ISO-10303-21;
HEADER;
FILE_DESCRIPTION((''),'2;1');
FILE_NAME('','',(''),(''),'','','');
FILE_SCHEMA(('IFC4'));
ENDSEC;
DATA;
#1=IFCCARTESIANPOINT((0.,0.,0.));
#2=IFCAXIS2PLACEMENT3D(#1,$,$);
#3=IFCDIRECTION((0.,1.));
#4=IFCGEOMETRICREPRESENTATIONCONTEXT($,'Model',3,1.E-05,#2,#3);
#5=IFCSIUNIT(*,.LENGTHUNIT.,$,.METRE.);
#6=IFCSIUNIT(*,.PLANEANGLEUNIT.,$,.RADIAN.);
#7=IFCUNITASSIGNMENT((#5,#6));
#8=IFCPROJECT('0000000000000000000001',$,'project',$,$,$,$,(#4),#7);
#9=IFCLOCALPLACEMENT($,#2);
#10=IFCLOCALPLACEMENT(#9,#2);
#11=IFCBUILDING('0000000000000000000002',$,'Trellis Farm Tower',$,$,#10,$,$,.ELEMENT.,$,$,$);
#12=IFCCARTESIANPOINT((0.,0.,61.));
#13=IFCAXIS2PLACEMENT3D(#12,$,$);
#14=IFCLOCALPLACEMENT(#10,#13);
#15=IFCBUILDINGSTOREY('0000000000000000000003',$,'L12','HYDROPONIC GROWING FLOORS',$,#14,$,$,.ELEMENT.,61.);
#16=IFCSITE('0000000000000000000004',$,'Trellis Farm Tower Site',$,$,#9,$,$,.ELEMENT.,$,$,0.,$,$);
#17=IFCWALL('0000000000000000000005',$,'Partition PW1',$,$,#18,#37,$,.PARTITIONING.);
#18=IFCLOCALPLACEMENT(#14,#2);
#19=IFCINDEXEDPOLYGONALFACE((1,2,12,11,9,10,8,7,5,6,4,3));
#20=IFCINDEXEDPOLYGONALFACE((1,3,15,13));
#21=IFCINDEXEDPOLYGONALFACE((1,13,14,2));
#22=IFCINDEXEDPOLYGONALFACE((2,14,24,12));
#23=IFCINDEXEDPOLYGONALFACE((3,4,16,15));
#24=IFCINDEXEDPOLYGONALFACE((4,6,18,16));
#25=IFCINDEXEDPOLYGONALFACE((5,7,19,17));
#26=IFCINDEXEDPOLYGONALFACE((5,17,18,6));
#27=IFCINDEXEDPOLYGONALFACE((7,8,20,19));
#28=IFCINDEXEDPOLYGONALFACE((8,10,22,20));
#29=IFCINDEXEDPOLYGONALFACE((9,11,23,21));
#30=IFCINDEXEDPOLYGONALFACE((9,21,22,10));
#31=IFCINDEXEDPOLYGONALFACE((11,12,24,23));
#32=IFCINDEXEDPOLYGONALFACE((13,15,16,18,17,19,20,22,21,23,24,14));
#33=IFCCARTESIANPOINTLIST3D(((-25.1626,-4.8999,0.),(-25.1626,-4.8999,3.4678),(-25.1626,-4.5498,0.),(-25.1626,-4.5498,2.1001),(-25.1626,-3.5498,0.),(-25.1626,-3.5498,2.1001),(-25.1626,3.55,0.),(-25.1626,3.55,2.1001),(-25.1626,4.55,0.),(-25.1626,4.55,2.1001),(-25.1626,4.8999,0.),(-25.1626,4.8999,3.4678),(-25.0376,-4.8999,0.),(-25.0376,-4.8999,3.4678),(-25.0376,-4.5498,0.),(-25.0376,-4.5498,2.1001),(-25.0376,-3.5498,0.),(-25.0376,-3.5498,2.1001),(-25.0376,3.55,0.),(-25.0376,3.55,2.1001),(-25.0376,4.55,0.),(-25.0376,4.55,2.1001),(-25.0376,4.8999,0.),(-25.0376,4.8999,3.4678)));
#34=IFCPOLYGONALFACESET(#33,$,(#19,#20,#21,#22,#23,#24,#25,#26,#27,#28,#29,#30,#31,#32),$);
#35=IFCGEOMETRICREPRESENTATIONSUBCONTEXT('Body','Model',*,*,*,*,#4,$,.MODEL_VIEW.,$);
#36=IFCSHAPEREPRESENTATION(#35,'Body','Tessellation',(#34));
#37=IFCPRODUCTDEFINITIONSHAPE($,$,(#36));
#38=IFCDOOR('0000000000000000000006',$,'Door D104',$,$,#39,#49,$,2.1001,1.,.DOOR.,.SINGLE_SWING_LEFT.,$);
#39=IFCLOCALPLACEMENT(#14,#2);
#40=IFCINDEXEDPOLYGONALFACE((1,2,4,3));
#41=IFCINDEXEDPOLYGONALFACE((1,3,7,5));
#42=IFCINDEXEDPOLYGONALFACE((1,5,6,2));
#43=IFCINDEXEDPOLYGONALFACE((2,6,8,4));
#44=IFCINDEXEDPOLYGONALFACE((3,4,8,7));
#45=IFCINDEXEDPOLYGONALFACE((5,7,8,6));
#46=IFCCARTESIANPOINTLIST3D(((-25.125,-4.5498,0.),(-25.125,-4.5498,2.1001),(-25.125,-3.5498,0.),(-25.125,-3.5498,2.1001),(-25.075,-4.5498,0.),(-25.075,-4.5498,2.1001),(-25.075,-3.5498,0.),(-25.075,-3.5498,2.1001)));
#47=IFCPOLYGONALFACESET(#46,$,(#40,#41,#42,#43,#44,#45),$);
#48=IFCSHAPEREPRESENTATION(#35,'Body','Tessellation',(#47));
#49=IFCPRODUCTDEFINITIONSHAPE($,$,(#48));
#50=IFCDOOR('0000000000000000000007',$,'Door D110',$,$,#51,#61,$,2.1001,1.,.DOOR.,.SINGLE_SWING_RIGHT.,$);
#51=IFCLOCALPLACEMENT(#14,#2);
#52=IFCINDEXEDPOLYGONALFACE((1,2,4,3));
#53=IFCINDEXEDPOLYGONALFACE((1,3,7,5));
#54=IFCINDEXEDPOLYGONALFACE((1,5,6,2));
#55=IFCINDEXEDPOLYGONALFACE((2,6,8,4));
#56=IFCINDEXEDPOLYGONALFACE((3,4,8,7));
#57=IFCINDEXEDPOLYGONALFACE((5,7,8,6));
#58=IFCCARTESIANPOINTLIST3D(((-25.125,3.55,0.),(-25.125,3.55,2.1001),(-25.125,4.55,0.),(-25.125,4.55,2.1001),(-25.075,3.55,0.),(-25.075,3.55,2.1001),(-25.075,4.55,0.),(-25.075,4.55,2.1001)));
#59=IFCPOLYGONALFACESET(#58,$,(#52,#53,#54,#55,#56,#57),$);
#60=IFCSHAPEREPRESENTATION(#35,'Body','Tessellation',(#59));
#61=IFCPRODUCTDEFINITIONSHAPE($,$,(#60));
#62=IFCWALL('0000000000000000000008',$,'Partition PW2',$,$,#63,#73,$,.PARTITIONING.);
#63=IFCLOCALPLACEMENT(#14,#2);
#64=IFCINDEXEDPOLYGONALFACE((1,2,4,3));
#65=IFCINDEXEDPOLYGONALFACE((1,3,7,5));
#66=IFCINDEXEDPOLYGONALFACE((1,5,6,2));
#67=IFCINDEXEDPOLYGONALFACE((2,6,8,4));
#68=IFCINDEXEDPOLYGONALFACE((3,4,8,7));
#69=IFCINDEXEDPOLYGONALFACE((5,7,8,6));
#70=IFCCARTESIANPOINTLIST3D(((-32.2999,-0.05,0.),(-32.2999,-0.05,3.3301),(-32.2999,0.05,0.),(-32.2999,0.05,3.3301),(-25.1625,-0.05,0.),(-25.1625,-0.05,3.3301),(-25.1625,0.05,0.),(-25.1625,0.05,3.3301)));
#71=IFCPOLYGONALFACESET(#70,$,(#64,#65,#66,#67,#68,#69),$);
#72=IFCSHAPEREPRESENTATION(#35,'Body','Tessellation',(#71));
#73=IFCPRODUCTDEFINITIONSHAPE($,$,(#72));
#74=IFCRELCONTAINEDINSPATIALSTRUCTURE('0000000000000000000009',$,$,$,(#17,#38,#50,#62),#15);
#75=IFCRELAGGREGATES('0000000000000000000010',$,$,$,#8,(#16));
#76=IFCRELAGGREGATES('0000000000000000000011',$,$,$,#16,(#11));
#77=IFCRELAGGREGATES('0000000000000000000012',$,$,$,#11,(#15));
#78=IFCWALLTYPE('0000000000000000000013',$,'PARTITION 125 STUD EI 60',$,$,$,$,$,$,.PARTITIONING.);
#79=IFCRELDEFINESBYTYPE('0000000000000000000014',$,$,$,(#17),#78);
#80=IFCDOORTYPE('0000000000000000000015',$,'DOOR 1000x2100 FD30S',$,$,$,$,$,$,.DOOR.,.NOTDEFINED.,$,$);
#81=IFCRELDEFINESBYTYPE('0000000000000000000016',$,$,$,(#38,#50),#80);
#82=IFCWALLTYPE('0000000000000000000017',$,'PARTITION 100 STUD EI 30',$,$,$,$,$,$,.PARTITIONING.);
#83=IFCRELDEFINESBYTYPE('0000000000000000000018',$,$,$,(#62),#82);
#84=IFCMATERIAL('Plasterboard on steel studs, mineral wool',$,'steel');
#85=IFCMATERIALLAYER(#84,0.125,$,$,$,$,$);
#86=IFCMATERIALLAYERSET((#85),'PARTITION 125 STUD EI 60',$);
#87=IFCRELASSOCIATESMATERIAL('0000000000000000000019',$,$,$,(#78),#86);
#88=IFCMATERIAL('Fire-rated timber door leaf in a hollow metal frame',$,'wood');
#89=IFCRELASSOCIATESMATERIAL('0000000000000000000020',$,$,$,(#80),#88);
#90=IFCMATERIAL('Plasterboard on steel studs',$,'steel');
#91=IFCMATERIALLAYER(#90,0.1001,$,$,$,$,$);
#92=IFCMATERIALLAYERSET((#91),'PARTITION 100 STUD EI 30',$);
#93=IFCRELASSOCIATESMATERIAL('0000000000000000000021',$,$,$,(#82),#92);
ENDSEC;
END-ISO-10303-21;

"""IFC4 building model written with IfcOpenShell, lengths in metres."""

from ifc_helpers import new_model, si_unit, direction, frame, frame_2d, origin, place, context, subcontext, project, spatial, rectangle, extrude, source, transform, mapped, material, layer, layer_set, type_object, element, fill, save


model = new_model("IFC4")

# Units and contexts
model_context = context("Model", 3, precision=1e-05, world=origin(), true_north=direction((0.0, 1.0)))
body_context = subcontext(model_context, "Body", "Model", "MODEL_VIEW")
ifc_project = project(units=[si_unit("LENGTHUNIT", "METRE"), si_unit("PLANEANGLEUNIT", "RADIAN")], contexts=[model_context])

# Site, building, storey
site_placement = place(None, origin())
site = spatial("IfcSite", under=ifc_project, at=site_placement, Name="Trellis Farm Tower Site", CompositionType="ELEMENT", RefElevation=0.0)
building_placement = place(site_placement, origin())
building = spatial("IfcBuilding", under=site, at=building_placement, Name="Trellis Farm Tower", CompositionType="ELEMENT")
storey_placement = place(building_placement, frame((0.0, 0.0, 61.0)))
storey = spatial("IfcBuildingStorey", under=building, at=storey_placement, Name="L12", Description="HYDROPONIC GROWING FLOORS", CompositionType="ELEMENT", Elevation=61.0)

# Wall, openings, doors
ifc_material_1 = material(Name="Plasterboard on steel studs, mineral wool", Category="steel")
ifc_layer_1 = layer(ifc_material_1, 0.125)
ifc_layer_set_1 = layer_set([ifc_layer_1], Name="PARTITION 125 STUD EI 60")
wall_type_1 = type_object("IfcWallType", Name="PARTITION 125 STUD EI 60", PredefinedType="PARTITIONING", material=ifc_layer_set_1)
shared_shape_1 = source(origin(), body_context, "Body", "SweptSolid", [
    extrude(rectangle(XDim=9.7998, YDim=0.125, at=frame_2d((4.8999, 0.0))), origin(), (0.0, 0.0, 1.0), 3.4678),
])
wall_1_placement = place(storey_placement, frame((-25.1001, -4.8999, 0.0), z_axis=(0.0, 0.0, 1.0), x_axis=(0.0, 1.0, 0.0)))
wall_1 = element("IfcWall", 1, at=wall_1_placement, inside=storey, type_object=wall_type_1, Name="Partition PW1", PredefinedType="PARTITIONING", context=body_context, shape_type="MappedRepresentation", body=[
    mapped(shared_shape_1, transform((0.0, 0.0, 0.0))),
])
shared_shape_2 = source(origin(), body_context, "Body", "SweptSolid", [
    extrude(rectangle(XDim=1.0, YDim=2.1001, at=frame_2d((0.5, 1.05))), frame((0.0, 0.0725, 0.0), z_axis=(0.0, -1.0, 0.0), x_axis=(1.0, 0.0, 0.0)), (0.0, 0.0, 1.0), 0.145),
])
opening_1_placement = place(wall_1_placement, frame((0.3501, 0.0, 0.0)))
opening_1 = element("IfcOpeningElement", 2, at=opening_1_placement, cuts=wall_1, PredefinedType="OPENING", context=body_context, shape_type="MappedRepresentation", body=[
    mapped(shared_shape_2, transform((0.0, 0.0, 0.0))),
])
opening_2_placement = place(wall_1_placement, frame((8.45, 0.0, 0.0)))
opening_2 = element("IfcOpeningElement", 3, at=opening_2_placement, cuts=wall_1, PredefinedType="OPENING", context=body_context, shape_type="MappedRepresentation", body=[
    mapped(shared_shape_2, transform((0.0, 0.0, 0.0))),
])
ifc_material_2 = material(Name="Fire-rated timber door leaf in a hollow metal frame", Category="wood")
door_type_1 = type_object("IfcDoorType", Name="DOOR 1000x2100 FD30S", OperationType="NOTDEFINED", PredefinedType="DOOR", material=ifc_material_2)
shared_shape_3 = source(origin(), body_context, "Body", "SweptSolid", [
    extrude(rectangle(XDim=1.0, YDim=2.1001, at=frame_2d((0.5, 1.05))), frame((0.0, 0.0249, 0.0), z_axis=(0.0, -1.0, 0.0), x_axis=(1.0, 0.0, 0.0)), (0.0, 0.0, 1.0), 0.05),
])
door_1_placement = place(opening_1_placement, origin())
door_1 = element("IfcDoor", 4, at=door_1_placement, inside=storey, type_object=door_type_1, Name="Door D104", OperationType="SINGLE_SWING_LEFT", OverallHeight=2.1001, OverallWidth=1.0, PredefinedType="DOOR", context=body_context, shape_type="MappedRepresentation", body=[
    mapped(shared_shape_3, transform((0.0, 0.0, 0.0))),
])
fill(opening_1, door_1)
door_2_placement = place(opening_2_placement, origin())
door_2 = element("IfcDoor", 5, at=door_2_placement, inside=storey, type_object=door_type_1, Name="Door D110", OperationType="SINGLE_SWING_RIGHT", OverallHeight=2.1001, OverallWidth=1.0, PredefinedType="DOOR", context=body_context, shape_type="MappedRepresentation", body=[
    mapped(shared_shape_3, transform((0.0, 0.0, 0.0))),
])
fill(opening_2, door_2)

# Wall
ifc_material_3 = material(Name="Plasterboard on steel studs", Category="steel")
ifc_layer_2 = layer(ifc_material_3, 0.1001)
ifc_layer_set_2 = layer_set([ifc_layer_2], Name="PARTITION 100 STUD EI 30")
wall_type_2 = type_object("IfcWallType", Name="PARTITION 100 STUD EI 30", PredefinedType="PARTITIONING", material=ifc_layer_set_2)
shared_shape_4 = source(origin(), body_context, "Body", "SweptSolid", [
    extrude(rectangle(XDim=7.1375, YDim=0.1001, at=frame_2d((3.5688, 0.0))), origin(), (0.0, 0.0, 1.0), 3.3301),
])
wall_2_placement = place(storey_placement, frame((-32.3, 0.0, 0.0), z_axis=(0.0, 0.0, 1.0), x_axis=(1.0, 0.0, 0.0)))
element("IfcWall", 6, at=wall_2_placement, inside=storey, type_object=wall_type_2, Name="Partition PW2", PredefinedType="PARTITIONING", context=body_context, shape_type="MappedRepresentation", body=[
    mapped(shared_shape_4, transform((0.0, 0.0, 0.0))),
])

save(model, "model.ifc")
